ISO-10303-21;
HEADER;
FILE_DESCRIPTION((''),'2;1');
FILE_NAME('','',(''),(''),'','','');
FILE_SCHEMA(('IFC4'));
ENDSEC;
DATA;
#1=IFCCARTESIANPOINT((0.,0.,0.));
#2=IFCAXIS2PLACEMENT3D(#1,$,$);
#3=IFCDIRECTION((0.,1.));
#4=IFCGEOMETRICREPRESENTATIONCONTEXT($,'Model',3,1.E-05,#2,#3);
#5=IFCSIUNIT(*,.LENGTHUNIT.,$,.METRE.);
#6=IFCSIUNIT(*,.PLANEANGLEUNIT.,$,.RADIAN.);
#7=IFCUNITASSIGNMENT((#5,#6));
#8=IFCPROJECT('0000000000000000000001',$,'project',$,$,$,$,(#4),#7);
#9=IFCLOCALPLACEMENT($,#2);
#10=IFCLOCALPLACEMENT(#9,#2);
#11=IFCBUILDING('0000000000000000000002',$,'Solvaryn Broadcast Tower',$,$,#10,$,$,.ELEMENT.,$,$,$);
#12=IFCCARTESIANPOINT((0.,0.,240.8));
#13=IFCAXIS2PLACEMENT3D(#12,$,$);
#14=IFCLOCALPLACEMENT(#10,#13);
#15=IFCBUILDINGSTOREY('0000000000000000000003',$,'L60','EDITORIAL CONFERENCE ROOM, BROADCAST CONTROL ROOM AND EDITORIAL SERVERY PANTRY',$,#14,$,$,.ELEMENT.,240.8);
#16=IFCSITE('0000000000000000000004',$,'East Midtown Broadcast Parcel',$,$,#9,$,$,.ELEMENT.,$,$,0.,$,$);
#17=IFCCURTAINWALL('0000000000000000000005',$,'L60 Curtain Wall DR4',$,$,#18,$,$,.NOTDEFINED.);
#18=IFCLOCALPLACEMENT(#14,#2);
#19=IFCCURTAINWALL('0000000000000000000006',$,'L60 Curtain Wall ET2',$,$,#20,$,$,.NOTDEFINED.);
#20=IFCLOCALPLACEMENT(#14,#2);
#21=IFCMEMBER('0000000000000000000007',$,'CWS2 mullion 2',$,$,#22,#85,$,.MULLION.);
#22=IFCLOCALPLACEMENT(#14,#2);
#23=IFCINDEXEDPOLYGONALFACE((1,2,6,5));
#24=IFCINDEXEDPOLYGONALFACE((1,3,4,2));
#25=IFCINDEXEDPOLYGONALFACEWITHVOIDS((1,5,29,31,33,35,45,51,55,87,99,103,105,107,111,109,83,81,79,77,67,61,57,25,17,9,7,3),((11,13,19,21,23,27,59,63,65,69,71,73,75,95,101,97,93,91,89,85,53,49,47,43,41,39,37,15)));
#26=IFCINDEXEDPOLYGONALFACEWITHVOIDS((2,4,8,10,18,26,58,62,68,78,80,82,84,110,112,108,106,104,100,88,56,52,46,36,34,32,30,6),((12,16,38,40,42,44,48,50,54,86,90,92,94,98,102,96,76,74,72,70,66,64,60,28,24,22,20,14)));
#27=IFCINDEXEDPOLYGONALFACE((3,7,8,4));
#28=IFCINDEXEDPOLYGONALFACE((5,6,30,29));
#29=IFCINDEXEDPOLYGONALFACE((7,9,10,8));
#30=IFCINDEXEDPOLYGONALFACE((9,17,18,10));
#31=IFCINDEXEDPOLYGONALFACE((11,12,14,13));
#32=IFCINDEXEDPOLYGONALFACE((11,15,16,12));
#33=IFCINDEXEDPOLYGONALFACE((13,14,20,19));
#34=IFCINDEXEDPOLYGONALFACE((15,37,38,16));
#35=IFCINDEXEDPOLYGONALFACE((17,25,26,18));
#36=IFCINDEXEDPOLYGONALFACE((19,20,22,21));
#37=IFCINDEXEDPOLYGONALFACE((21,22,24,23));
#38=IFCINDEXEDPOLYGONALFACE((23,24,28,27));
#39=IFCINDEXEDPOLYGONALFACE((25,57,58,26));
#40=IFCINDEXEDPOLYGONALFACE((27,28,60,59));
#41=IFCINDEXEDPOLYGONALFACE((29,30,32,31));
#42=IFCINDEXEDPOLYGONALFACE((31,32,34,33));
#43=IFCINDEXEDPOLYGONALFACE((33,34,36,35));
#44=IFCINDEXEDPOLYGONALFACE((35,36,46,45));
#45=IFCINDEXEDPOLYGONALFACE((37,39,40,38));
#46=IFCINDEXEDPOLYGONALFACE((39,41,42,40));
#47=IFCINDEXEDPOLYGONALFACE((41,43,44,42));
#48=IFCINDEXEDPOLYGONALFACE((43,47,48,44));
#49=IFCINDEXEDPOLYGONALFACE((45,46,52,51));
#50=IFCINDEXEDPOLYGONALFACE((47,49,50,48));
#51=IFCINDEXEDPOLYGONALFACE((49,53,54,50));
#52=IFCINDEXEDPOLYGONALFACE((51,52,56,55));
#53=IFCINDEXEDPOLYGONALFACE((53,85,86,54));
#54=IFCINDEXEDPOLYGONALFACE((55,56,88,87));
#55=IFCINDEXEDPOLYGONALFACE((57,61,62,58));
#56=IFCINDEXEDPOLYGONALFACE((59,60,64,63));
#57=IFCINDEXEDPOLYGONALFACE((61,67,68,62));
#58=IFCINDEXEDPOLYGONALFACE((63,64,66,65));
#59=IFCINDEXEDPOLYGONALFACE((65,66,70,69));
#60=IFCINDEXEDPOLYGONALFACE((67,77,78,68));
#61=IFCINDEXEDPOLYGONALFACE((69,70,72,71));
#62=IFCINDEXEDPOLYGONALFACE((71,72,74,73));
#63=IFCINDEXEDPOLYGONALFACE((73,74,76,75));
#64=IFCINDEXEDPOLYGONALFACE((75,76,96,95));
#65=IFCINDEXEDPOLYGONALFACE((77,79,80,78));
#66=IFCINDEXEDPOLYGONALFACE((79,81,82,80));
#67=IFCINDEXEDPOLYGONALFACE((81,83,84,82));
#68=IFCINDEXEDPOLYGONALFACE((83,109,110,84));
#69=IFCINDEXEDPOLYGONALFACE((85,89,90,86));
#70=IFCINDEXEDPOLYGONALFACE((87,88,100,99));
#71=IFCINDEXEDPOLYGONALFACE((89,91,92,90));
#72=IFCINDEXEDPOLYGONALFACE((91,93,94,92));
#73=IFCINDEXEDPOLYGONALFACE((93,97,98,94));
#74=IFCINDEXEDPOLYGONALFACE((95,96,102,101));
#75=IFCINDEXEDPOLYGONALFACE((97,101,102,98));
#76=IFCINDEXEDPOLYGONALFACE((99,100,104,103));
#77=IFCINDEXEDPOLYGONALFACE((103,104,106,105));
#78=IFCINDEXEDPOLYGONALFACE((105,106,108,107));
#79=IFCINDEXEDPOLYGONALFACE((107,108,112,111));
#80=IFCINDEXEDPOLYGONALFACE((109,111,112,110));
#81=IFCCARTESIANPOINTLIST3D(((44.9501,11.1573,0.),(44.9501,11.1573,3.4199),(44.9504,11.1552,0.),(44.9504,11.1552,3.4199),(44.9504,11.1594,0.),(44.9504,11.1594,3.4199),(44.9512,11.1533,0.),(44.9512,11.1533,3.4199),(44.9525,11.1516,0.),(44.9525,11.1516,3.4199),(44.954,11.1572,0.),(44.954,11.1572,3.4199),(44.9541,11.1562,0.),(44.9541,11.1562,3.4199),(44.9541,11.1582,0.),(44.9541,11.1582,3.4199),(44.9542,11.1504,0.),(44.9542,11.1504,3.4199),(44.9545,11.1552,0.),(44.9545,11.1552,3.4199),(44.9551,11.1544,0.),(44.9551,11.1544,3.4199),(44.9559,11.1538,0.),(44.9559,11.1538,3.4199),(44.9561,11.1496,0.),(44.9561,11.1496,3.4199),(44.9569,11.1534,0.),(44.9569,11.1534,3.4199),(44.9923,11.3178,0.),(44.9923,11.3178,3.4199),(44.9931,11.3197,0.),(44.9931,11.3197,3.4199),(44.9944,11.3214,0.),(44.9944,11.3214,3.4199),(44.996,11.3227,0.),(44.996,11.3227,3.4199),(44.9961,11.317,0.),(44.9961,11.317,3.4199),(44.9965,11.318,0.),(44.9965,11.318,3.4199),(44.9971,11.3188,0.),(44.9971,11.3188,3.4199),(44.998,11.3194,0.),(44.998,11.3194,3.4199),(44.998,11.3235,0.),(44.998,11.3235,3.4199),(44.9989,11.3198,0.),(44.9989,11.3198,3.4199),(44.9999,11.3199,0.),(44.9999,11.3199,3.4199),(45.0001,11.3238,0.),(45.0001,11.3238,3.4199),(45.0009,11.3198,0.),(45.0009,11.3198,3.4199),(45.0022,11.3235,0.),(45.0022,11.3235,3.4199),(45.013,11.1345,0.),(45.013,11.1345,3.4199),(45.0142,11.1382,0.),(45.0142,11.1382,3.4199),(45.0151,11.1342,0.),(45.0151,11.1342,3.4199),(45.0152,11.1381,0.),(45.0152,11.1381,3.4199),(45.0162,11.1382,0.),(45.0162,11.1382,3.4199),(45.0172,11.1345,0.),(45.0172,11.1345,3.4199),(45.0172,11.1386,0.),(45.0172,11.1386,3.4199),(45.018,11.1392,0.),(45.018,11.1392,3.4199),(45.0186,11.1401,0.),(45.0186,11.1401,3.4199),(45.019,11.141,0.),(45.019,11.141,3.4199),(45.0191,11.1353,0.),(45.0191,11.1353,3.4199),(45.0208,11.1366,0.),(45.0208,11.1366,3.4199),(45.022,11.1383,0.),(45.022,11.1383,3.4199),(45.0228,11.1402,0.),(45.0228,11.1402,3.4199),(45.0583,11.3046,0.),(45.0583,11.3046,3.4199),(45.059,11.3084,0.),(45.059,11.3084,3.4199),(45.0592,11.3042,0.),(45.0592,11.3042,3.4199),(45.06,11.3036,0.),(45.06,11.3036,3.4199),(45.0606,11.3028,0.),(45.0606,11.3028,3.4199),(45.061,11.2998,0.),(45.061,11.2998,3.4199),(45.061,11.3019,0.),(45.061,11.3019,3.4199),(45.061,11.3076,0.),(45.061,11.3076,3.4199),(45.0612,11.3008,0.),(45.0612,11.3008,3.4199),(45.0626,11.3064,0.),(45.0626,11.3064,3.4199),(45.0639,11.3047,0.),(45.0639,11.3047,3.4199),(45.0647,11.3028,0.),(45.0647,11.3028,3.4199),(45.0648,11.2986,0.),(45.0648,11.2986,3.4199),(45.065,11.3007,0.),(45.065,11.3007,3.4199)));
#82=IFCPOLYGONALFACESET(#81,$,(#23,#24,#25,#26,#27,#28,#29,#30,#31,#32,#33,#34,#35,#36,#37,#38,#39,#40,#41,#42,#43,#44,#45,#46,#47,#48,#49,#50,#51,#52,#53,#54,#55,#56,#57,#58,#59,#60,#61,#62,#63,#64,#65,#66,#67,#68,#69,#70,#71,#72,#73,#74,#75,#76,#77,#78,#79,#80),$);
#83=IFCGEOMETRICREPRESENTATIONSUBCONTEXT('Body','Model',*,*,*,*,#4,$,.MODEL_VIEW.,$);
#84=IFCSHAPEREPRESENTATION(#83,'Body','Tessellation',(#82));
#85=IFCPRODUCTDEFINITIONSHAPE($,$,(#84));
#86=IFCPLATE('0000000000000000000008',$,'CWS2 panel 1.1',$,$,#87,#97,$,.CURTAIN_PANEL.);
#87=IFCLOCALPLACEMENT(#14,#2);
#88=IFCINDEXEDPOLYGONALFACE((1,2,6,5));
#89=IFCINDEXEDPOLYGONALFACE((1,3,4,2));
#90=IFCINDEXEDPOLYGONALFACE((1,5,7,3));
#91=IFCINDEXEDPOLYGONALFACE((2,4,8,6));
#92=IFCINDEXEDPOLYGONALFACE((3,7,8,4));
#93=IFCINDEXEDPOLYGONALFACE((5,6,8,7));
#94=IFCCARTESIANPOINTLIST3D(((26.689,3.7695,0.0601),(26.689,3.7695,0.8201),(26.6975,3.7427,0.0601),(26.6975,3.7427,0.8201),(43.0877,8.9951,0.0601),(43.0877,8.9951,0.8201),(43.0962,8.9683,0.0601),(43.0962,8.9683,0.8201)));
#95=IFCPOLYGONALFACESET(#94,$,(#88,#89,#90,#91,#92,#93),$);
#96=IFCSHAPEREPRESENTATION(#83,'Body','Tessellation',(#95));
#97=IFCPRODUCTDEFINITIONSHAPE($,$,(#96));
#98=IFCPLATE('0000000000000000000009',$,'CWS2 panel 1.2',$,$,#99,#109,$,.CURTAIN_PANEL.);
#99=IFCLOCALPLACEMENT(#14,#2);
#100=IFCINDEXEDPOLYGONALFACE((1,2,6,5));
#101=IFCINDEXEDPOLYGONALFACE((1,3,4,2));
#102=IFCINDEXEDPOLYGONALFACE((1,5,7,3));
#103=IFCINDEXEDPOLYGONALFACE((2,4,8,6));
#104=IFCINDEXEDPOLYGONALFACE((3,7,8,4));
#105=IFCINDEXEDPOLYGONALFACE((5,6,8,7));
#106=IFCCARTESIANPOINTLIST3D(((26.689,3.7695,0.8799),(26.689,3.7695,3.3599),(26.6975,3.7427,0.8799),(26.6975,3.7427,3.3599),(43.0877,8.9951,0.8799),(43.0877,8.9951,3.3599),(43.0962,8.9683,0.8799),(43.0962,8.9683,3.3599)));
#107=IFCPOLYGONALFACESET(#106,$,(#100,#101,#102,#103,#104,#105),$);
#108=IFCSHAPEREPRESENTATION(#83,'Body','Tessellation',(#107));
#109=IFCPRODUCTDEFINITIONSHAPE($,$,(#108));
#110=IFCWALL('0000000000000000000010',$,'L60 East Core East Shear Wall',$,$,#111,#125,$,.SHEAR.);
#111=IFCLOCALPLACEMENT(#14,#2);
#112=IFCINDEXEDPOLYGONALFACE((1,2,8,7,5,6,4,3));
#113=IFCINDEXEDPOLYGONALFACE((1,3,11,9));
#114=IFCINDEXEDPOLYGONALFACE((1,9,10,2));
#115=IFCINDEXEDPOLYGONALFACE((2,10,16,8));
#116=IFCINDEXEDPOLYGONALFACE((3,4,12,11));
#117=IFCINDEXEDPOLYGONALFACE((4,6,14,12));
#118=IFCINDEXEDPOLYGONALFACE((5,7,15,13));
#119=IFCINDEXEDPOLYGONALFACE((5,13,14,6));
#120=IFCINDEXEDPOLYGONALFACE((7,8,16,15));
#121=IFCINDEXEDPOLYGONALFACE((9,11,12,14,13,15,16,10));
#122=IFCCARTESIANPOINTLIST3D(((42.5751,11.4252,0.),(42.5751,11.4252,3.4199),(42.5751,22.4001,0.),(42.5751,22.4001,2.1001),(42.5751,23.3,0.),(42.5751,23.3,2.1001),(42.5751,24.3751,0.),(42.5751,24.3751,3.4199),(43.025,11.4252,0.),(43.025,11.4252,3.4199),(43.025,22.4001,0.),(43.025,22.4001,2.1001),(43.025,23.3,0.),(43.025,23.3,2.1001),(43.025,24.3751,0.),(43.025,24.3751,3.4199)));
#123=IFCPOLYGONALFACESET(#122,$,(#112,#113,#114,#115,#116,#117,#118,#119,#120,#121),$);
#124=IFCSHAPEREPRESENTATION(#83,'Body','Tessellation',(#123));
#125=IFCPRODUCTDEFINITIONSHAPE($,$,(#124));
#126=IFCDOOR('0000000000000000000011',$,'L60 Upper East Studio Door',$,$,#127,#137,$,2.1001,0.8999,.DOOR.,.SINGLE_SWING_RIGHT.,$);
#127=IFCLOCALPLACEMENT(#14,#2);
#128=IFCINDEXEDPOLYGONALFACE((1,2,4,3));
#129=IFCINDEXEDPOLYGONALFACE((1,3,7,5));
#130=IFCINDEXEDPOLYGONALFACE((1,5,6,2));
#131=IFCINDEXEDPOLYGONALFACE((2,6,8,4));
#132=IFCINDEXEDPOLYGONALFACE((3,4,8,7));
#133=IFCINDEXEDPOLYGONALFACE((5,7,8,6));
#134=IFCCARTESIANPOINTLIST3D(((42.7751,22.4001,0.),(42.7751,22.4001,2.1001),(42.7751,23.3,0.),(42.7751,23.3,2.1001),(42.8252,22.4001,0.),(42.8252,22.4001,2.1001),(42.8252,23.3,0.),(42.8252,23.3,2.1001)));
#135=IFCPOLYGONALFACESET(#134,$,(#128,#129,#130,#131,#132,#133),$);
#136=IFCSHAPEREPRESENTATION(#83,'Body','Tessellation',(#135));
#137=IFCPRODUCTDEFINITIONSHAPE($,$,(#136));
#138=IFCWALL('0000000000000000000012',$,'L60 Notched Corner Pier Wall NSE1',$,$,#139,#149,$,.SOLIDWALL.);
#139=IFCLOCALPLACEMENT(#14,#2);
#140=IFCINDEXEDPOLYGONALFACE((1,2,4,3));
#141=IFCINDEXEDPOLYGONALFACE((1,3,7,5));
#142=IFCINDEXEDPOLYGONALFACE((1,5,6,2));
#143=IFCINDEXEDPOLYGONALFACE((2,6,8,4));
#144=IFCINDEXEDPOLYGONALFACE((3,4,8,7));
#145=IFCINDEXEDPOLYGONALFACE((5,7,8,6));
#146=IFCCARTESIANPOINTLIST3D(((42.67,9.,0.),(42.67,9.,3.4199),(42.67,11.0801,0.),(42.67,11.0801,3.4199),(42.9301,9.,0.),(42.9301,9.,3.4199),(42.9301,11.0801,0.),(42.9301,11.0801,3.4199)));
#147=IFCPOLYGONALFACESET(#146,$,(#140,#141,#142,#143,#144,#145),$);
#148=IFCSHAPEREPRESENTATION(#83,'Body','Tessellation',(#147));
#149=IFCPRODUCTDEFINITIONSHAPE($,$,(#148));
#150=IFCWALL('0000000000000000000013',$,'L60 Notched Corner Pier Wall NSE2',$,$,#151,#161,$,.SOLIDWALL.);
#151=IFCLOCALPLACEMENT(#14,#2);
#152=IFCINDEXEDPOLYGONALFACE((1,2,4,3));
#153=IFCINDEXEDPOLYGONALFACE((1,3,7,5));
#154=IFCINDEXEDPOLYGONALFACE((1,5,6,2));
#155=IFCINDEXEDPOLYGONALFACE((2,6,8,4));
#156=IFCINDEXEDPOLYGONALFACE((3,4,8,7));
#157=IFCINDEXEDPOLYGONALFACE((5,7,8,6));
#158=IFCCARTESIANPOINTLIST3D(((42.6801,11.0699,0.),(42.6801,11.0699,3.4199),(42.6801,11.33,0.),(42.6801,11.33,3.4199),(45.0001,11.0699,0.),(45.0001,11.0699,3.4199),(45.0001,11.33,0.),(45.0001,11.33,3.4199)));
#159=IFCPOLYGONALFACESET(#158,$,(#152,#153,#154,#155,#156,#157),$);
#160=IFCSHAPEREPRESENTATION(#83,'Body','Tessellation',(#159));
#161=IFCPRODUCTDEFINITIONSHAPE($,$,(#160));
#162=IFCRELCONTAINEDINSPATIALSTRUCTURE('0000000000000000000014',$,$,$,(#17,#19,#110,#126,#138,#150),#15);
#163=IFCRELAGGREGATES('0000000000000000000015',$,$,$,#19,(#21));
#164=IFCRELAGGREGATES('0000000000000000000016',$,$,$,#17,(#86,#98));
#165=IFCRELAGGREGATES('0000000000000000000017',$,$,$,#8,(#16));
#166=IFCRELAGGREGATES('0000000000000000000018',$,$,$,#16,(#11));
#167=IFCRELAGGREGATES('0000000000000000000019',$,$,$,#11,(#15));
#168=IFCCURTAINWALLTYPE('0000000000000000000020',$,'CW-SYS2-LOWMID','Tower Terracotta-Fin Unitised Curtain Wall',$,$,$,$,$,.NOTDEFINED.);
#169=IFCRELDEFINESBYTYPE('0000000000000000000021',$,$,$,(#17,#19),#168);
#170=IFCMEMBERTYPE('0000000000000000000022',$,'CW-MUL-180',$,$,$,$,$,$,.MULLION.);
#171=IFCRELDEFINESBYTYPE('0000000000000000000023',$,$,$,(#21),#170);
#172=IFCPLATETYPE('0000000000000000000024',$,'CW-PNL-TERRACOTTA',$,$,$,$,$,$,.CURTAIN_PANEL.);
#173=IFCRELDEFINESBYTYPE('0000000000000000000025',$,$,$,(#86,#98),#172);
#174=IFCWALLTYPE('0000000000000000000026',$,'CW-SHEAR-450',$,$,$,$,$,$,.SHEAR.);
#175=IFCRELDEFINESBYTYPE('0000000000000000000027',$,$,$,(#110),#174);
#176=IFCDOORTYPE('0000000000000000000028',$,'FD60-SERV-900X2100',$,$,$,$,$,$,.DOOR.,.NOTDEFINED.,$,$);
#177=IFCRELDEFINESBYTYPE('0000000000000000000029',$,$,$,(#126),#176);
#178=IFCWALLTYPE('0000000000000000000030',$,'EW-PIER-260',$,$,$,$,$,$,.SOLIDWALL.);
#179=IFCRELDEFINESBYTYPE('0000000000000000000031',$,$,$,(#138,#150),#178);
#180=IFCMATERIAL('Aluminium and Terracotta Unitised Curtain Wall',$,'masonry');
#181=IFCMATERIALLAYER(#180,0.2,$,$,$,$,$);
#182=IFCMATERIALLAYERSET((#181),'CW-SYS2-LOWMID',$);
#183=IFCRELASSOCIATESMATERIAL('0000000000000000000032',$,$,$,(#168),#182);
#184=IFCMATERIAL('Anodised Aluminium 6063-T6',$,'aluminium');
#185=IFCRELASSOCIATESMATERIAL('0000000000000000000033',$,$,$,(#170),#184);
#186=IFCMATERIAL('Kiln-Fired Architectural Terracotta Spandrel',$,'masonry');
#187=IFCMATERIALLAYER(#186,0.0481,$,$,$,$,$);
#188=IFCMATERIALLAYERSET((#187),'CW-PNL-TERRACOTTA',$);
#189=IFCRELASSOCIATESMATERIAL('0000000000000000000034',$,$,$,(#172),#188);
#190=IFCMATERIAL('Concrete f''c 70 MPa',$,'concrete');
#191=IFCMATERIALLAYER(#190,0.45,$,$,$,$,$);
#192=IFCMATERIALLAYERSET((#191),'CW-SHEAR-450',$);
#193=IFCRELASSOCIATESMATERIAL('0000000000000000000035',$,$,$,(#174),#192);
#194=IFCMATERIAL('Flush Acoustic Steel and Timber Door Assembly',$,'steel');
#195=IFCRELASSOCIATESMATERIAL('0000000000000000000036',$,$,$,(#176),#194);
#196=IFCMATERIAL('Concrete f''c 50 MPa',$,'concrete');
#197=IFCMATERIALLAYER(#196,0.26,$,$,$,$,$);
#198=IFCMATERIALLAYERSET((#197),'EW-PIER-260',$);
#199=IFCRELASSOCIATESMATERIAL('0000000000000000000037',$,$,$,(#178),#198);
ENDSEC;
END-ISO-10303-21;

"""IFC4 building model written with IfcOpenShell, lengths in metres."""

from ifc_helpers import new_model, si_unit, direction, frame, frame_2d, origin, origin_2d, place, context, subcontext, project, spatial, rectangle, hollow_rectangle, extrude, material, layer, layer_set, material_profile, profile_set, type_object, element, fill, aggregate, save


model = new_model("IFC4")

# Units and contexts
model_context = context("Model", 3, precision=1e-05, world=origin(), true_north=direction((0.0, 1.0)))
body_context = subcontext(model_context, "Body", "Model", "MODEL_VIEW")
ifc_project = project(units=[si_unit("LENGTHUNIT", "METRE"), si_unit("PLANEANGLEUNIT", "RADIAN")], contexts=[model_context])

# Site, building, storey
site_placement = place(None, origin())
site = spatial("IfcSite", under=ifc_project, at=site_placement, Name="East Midtown Broadcast Parcel", CompositionType="ELEMENT", RefElevation=0.0)
building_placement = place(site_placement, origin())
building = spatial("IfcBuilding", under=site, at=building_placement, Name="Solvaryn Broadcast Tower", CompositionType="ELEMENT")
storey_placement = place(building_placement, frame((0.0, 0.0, 240.8)))
storey = spatial("IfcBuildingStorey", under=building, at=storey_placement, Name="L60", Description="EDITORIAL CONFERENCE ROOM, BROADCAST CONTROL ROOM AND EDITORIAL SERVERY PANTRY", CompositionType="ELEMENT", Elevation=240.8)

# Curtain walls, member
ifc_material_1 = material(Name="Aluminium and Terracotta Unitised Curtain Wall", Category="masonry")
ifc_layer_1 = layer(ifc_material_1, 0.2)
ifc_layer_set_1 = layer_set([ifc_layer_1], Name="CW-SYS2-LOWMID")
curtain_wall_type = type_object("IfcCurtainWallType", Name="CW-SYS2-LOWMID", Description="Tower Terracotta-Fin Unitised Curtain Wall", PredefinedType="NOTDEFINED", material=ifc_layer_set_1)
curtain_wall_1_placement = place(storey_placement, origin())
curtain_wall_1 = element("IfcCurtainWall", 1, at=curtain_wall_1_placement, inside=storey, type_object=curtain_wall_type, Name="L60 Curtain Wall DR4", PredefinedType="NOTDEFINED")
ifc_material_2 = material(Name="Anodised Aluminium 6063-T6", Category="aluminium")
ifc_material_profile_1 = material_profile(ifc_material_2, hollow_rectangle(XDim=0.075, YDim=0.1799, WallThickness=0.0039, InnerFilletRadius=0.0039, OuterFilletRadius=0.0081, at=origin_2d()))
ifc_profile_set_1 = profile_set([ifc_material_profile_1], Name="Anodised Aluminium 6063-T6")
member_type = type_object("IfcMemberType", Name="CW-MUL-180", PredefinedType="MULLION", material=ifc_profile_set_1)
curtain_wall_2_placement = place(storey_placement, origin())
curtain_wall_2 = element("IfcCurtainWall", 2, at=curtain_wall_2_placement, inside=storey, type_object=curtain_wall_type, Name="L60 Curtain Wall ET2", PredefinedType="NOTDEFINED")
member_1_placement = place(storey_placement, frame((45.0076, 11.229, 0.0), z_axis=(0.0, 0.0, 1.0), x_axis=(0.966705, -0.255893, 0.0)))
member_1 = element("IfcMember", 3, at=member_1_placement, type_object=member_type, Name="CWS2 mullion 2", PredefinedType="MULLION", context=body_context, shape_type="SweptSolid", body=[
    extrude(hollow_rectangle(XDim=0.075, YDim=0.1799, WallThickness=0.0039, InnerFilletRadius=0.0039, OuterFilletRadius=0.0081, at=origin_2d()), origin(), (0.0, 0.0, 1.0), 3.4199),
])
aggregate(curtain_wall_2, [member_1])

# Plates
ifc_material_3 = material(Name="Kiln-Fired Architectural Terracotta Spandrel", Category="masonry")
ifc_layer_2 = layer(ifc_material_3, 0.0481)
ifc_layer_set_2 = layer_set([ifc_layer_2], Name="CW-PNL-TERRACOTTA")
plate_type = type_object("IfcPlateType", Name="CW-PNL-TERRACOTTA", PredefinedType="CURTAIN_PANEL", material=ifc_layer_set_2)
plate_1_placement = place(storey_placement, frame((34.8926, 6.3689, 0.0601), z_axis=(0.0, 0.0, 1.0), x_axis=(0.952795, 0.303616, 0.0)))
plate_1 = element("IfcPlate", 4, at=plate_1_placement, type_object=plate_type, Name="CWS2 panel 1.1", PredefinedType="CURTAIN_PANEL", context=body_context, shape_type="SweptSolid", body=[
    extrude(rectangle(XDim=17.2112, YDim=0.0281, at=origin_2d()), origin(), (0.0, 0.0, 1.0), 0.76),
])
plate_2_placement = place(storey_placement, frame((34.8926, 6.3689, 0.8799), z_axis=(0.0, 0.0, 1.0), x_axis=(0.952795, 0.303616, 0.0)))
plate_2 = element("IfcPlate", 5, at=plate_2_placement, type_object=plate_type, Name="CWS2 panel 1.2", PredefinedType="CURTAIN_PANEL", context=body_context, shape_type="SweptSolid", body=[
    extrude(rectangle(XDim=17.2112, YDim=0.0281, at=origin_2d()), origin(), (0.0, 0.0, 1.0), 2.48),
])
aggregate(curtain_wall_1, [plate_1, plate_2])

# Wall, opening, door
ifc_material_4 = material(Name="Concrete f'c 70 MPa", Category="concrete")
ifc_layer_3 = layer(ifc_material_4, 0.45)
ifc_layer_set_3 = layer_set([ifc_layer_3], Name="CW-SHEAR-450")
wall_type_1 = type_object("IfcWallType", Name="CW-SHEAR-450", PredefinedType="SHEAR", material=ifc_layer_set_3)
wall_1_placement = place(storey_placement, frame((42.8, 11.425, 0.0), z_axis=(0.0, 0.0, 1.0), x_axis=(0.0, 1.0, 0.0)))
wall_1 = element("IfcWall", 6, at=wall_1_placement, inside=storey, type_object=wall_type_1, Name="L60 East Core East Shear Wall", PredefinedType="SHEAR", context=body_context, shape_type="SweptSolid", body=[
    extrude(rectangle(XDim=12.95, YDim=0.45, at=frame_2d((6.4751, 0.0))), origin(), (0.0, 0.0, 1.0), 3.4199),
])
opening_1_placement = place(wall_1_placement, frame((10.9751, 0.0, 0.0)))
opening_1 = element("IfcOpeningElement", 7, at=opening_1_placement, cuts=wall_1, PredefinedType="OPENING", context=body_context, shape_type="SweptSolid", body=[
    extrude(rectangle(XDim=0.8999, YDim=2.1001, at=frame_2d((0.45, 1.05))), frame((0.0, 0.2351, 0.0), z_axis=(0.0, -1.0, 0.0), x_axis=(1.0, 0.0, 0.0)), (0.0, 0.0, 1.0), 0.47),
])
ifc_material_5 = material(Name="Flush Acoustic Steel and Timber Door Assembly", Category="steel")
door_type = type_object("IfcDoorType", Name="FD60-SERV-900X2100", OperationType="NOTDEFINED", PredefinedType="DOOR", material=ifc_material_5)
door_1_placement = place(opening_1_placement, origin())
door_1 = element("IfcDoor", 8, at=door_1_placement, inside=storey, type_object=door_type, Name="L60 Upper East Studio Door", OperationType="SINGLE_SWING_RIGHT", OverallHeight=2.1001, OverallWidth=0.8999, PredefinedType="DOOR", context=body_context, shape_type="SweptSolid", body=[
    extrude(rectangle(XDim=0.8999, YDim=2.1001, at=frame_2d((0.45, 1.05))), frame((0.0, 0.0249, 0.0), z_axis=(0.0, -1.0, 0.0), x_axis=(1.0, 0.0, 0.0)), (0.0, 0.0, 1.0), 0.05),
])
fill(opening_1, door_1)

# Walls
ifc_material_6 = material(Name="Concrete f'c 50 MPa", Category="concrete")
ifc_layer_4 = layer(ifc_material_6, 0.26)
ifc_layer_set_4 = layer_set([ifc_layer_4], Name="EW-PIER-260")
wall_type_2 = type_object("IfcWallType", Name="EW-PIER-260", PredefinedType="SOLIDWALL", material=ifc_layer_set_4)
wall_2_placement = place(storey_placement, frame((42.8, 9.0, 0.0), z_axis=(0.0, 0.0, 1.0), x_axis=(0.0, 1.0, 0.0)))
element("IfcWall", 9, at=wall_2_placement, inside=storey, type_object=wall_type_2, Name="L60 Notched Corner Pier Wall NSE1", PredefinedType="SOLIDWALL", context=body_context, shape_type="SweptSolid", body=[
    extrude(rectangle(XDim=2.0801, YDim=0.26, at=frame_2d((1.04, 0.0))), origin(), (0.0, 0.0, 1.0), 3.4199),
])
wall_3_placement = place(storey_placement, frame((42.6799, 11.2, 0.0), z_axis=(0.0, 0.0, 1.0), x_axis=(1.0, 0.0, 0.0)))
element("IfcWall", 10, at=wall_3_placement, inside=storey, type_object=wall_type_2, Name="L60 Notched Corner Pier Wall NSE2", PredefinedType="SOLIDWALL", context=body_context, shape_type="SweptSolid", body=[
    extrude(rectangle(XDim=2.3201, YDim=0.26, at=frame_2d((1.1602, 0.0))), origin(), (0.0, 0.0, 1.0), 3.4199),
])

save(model, "model.ifc")
